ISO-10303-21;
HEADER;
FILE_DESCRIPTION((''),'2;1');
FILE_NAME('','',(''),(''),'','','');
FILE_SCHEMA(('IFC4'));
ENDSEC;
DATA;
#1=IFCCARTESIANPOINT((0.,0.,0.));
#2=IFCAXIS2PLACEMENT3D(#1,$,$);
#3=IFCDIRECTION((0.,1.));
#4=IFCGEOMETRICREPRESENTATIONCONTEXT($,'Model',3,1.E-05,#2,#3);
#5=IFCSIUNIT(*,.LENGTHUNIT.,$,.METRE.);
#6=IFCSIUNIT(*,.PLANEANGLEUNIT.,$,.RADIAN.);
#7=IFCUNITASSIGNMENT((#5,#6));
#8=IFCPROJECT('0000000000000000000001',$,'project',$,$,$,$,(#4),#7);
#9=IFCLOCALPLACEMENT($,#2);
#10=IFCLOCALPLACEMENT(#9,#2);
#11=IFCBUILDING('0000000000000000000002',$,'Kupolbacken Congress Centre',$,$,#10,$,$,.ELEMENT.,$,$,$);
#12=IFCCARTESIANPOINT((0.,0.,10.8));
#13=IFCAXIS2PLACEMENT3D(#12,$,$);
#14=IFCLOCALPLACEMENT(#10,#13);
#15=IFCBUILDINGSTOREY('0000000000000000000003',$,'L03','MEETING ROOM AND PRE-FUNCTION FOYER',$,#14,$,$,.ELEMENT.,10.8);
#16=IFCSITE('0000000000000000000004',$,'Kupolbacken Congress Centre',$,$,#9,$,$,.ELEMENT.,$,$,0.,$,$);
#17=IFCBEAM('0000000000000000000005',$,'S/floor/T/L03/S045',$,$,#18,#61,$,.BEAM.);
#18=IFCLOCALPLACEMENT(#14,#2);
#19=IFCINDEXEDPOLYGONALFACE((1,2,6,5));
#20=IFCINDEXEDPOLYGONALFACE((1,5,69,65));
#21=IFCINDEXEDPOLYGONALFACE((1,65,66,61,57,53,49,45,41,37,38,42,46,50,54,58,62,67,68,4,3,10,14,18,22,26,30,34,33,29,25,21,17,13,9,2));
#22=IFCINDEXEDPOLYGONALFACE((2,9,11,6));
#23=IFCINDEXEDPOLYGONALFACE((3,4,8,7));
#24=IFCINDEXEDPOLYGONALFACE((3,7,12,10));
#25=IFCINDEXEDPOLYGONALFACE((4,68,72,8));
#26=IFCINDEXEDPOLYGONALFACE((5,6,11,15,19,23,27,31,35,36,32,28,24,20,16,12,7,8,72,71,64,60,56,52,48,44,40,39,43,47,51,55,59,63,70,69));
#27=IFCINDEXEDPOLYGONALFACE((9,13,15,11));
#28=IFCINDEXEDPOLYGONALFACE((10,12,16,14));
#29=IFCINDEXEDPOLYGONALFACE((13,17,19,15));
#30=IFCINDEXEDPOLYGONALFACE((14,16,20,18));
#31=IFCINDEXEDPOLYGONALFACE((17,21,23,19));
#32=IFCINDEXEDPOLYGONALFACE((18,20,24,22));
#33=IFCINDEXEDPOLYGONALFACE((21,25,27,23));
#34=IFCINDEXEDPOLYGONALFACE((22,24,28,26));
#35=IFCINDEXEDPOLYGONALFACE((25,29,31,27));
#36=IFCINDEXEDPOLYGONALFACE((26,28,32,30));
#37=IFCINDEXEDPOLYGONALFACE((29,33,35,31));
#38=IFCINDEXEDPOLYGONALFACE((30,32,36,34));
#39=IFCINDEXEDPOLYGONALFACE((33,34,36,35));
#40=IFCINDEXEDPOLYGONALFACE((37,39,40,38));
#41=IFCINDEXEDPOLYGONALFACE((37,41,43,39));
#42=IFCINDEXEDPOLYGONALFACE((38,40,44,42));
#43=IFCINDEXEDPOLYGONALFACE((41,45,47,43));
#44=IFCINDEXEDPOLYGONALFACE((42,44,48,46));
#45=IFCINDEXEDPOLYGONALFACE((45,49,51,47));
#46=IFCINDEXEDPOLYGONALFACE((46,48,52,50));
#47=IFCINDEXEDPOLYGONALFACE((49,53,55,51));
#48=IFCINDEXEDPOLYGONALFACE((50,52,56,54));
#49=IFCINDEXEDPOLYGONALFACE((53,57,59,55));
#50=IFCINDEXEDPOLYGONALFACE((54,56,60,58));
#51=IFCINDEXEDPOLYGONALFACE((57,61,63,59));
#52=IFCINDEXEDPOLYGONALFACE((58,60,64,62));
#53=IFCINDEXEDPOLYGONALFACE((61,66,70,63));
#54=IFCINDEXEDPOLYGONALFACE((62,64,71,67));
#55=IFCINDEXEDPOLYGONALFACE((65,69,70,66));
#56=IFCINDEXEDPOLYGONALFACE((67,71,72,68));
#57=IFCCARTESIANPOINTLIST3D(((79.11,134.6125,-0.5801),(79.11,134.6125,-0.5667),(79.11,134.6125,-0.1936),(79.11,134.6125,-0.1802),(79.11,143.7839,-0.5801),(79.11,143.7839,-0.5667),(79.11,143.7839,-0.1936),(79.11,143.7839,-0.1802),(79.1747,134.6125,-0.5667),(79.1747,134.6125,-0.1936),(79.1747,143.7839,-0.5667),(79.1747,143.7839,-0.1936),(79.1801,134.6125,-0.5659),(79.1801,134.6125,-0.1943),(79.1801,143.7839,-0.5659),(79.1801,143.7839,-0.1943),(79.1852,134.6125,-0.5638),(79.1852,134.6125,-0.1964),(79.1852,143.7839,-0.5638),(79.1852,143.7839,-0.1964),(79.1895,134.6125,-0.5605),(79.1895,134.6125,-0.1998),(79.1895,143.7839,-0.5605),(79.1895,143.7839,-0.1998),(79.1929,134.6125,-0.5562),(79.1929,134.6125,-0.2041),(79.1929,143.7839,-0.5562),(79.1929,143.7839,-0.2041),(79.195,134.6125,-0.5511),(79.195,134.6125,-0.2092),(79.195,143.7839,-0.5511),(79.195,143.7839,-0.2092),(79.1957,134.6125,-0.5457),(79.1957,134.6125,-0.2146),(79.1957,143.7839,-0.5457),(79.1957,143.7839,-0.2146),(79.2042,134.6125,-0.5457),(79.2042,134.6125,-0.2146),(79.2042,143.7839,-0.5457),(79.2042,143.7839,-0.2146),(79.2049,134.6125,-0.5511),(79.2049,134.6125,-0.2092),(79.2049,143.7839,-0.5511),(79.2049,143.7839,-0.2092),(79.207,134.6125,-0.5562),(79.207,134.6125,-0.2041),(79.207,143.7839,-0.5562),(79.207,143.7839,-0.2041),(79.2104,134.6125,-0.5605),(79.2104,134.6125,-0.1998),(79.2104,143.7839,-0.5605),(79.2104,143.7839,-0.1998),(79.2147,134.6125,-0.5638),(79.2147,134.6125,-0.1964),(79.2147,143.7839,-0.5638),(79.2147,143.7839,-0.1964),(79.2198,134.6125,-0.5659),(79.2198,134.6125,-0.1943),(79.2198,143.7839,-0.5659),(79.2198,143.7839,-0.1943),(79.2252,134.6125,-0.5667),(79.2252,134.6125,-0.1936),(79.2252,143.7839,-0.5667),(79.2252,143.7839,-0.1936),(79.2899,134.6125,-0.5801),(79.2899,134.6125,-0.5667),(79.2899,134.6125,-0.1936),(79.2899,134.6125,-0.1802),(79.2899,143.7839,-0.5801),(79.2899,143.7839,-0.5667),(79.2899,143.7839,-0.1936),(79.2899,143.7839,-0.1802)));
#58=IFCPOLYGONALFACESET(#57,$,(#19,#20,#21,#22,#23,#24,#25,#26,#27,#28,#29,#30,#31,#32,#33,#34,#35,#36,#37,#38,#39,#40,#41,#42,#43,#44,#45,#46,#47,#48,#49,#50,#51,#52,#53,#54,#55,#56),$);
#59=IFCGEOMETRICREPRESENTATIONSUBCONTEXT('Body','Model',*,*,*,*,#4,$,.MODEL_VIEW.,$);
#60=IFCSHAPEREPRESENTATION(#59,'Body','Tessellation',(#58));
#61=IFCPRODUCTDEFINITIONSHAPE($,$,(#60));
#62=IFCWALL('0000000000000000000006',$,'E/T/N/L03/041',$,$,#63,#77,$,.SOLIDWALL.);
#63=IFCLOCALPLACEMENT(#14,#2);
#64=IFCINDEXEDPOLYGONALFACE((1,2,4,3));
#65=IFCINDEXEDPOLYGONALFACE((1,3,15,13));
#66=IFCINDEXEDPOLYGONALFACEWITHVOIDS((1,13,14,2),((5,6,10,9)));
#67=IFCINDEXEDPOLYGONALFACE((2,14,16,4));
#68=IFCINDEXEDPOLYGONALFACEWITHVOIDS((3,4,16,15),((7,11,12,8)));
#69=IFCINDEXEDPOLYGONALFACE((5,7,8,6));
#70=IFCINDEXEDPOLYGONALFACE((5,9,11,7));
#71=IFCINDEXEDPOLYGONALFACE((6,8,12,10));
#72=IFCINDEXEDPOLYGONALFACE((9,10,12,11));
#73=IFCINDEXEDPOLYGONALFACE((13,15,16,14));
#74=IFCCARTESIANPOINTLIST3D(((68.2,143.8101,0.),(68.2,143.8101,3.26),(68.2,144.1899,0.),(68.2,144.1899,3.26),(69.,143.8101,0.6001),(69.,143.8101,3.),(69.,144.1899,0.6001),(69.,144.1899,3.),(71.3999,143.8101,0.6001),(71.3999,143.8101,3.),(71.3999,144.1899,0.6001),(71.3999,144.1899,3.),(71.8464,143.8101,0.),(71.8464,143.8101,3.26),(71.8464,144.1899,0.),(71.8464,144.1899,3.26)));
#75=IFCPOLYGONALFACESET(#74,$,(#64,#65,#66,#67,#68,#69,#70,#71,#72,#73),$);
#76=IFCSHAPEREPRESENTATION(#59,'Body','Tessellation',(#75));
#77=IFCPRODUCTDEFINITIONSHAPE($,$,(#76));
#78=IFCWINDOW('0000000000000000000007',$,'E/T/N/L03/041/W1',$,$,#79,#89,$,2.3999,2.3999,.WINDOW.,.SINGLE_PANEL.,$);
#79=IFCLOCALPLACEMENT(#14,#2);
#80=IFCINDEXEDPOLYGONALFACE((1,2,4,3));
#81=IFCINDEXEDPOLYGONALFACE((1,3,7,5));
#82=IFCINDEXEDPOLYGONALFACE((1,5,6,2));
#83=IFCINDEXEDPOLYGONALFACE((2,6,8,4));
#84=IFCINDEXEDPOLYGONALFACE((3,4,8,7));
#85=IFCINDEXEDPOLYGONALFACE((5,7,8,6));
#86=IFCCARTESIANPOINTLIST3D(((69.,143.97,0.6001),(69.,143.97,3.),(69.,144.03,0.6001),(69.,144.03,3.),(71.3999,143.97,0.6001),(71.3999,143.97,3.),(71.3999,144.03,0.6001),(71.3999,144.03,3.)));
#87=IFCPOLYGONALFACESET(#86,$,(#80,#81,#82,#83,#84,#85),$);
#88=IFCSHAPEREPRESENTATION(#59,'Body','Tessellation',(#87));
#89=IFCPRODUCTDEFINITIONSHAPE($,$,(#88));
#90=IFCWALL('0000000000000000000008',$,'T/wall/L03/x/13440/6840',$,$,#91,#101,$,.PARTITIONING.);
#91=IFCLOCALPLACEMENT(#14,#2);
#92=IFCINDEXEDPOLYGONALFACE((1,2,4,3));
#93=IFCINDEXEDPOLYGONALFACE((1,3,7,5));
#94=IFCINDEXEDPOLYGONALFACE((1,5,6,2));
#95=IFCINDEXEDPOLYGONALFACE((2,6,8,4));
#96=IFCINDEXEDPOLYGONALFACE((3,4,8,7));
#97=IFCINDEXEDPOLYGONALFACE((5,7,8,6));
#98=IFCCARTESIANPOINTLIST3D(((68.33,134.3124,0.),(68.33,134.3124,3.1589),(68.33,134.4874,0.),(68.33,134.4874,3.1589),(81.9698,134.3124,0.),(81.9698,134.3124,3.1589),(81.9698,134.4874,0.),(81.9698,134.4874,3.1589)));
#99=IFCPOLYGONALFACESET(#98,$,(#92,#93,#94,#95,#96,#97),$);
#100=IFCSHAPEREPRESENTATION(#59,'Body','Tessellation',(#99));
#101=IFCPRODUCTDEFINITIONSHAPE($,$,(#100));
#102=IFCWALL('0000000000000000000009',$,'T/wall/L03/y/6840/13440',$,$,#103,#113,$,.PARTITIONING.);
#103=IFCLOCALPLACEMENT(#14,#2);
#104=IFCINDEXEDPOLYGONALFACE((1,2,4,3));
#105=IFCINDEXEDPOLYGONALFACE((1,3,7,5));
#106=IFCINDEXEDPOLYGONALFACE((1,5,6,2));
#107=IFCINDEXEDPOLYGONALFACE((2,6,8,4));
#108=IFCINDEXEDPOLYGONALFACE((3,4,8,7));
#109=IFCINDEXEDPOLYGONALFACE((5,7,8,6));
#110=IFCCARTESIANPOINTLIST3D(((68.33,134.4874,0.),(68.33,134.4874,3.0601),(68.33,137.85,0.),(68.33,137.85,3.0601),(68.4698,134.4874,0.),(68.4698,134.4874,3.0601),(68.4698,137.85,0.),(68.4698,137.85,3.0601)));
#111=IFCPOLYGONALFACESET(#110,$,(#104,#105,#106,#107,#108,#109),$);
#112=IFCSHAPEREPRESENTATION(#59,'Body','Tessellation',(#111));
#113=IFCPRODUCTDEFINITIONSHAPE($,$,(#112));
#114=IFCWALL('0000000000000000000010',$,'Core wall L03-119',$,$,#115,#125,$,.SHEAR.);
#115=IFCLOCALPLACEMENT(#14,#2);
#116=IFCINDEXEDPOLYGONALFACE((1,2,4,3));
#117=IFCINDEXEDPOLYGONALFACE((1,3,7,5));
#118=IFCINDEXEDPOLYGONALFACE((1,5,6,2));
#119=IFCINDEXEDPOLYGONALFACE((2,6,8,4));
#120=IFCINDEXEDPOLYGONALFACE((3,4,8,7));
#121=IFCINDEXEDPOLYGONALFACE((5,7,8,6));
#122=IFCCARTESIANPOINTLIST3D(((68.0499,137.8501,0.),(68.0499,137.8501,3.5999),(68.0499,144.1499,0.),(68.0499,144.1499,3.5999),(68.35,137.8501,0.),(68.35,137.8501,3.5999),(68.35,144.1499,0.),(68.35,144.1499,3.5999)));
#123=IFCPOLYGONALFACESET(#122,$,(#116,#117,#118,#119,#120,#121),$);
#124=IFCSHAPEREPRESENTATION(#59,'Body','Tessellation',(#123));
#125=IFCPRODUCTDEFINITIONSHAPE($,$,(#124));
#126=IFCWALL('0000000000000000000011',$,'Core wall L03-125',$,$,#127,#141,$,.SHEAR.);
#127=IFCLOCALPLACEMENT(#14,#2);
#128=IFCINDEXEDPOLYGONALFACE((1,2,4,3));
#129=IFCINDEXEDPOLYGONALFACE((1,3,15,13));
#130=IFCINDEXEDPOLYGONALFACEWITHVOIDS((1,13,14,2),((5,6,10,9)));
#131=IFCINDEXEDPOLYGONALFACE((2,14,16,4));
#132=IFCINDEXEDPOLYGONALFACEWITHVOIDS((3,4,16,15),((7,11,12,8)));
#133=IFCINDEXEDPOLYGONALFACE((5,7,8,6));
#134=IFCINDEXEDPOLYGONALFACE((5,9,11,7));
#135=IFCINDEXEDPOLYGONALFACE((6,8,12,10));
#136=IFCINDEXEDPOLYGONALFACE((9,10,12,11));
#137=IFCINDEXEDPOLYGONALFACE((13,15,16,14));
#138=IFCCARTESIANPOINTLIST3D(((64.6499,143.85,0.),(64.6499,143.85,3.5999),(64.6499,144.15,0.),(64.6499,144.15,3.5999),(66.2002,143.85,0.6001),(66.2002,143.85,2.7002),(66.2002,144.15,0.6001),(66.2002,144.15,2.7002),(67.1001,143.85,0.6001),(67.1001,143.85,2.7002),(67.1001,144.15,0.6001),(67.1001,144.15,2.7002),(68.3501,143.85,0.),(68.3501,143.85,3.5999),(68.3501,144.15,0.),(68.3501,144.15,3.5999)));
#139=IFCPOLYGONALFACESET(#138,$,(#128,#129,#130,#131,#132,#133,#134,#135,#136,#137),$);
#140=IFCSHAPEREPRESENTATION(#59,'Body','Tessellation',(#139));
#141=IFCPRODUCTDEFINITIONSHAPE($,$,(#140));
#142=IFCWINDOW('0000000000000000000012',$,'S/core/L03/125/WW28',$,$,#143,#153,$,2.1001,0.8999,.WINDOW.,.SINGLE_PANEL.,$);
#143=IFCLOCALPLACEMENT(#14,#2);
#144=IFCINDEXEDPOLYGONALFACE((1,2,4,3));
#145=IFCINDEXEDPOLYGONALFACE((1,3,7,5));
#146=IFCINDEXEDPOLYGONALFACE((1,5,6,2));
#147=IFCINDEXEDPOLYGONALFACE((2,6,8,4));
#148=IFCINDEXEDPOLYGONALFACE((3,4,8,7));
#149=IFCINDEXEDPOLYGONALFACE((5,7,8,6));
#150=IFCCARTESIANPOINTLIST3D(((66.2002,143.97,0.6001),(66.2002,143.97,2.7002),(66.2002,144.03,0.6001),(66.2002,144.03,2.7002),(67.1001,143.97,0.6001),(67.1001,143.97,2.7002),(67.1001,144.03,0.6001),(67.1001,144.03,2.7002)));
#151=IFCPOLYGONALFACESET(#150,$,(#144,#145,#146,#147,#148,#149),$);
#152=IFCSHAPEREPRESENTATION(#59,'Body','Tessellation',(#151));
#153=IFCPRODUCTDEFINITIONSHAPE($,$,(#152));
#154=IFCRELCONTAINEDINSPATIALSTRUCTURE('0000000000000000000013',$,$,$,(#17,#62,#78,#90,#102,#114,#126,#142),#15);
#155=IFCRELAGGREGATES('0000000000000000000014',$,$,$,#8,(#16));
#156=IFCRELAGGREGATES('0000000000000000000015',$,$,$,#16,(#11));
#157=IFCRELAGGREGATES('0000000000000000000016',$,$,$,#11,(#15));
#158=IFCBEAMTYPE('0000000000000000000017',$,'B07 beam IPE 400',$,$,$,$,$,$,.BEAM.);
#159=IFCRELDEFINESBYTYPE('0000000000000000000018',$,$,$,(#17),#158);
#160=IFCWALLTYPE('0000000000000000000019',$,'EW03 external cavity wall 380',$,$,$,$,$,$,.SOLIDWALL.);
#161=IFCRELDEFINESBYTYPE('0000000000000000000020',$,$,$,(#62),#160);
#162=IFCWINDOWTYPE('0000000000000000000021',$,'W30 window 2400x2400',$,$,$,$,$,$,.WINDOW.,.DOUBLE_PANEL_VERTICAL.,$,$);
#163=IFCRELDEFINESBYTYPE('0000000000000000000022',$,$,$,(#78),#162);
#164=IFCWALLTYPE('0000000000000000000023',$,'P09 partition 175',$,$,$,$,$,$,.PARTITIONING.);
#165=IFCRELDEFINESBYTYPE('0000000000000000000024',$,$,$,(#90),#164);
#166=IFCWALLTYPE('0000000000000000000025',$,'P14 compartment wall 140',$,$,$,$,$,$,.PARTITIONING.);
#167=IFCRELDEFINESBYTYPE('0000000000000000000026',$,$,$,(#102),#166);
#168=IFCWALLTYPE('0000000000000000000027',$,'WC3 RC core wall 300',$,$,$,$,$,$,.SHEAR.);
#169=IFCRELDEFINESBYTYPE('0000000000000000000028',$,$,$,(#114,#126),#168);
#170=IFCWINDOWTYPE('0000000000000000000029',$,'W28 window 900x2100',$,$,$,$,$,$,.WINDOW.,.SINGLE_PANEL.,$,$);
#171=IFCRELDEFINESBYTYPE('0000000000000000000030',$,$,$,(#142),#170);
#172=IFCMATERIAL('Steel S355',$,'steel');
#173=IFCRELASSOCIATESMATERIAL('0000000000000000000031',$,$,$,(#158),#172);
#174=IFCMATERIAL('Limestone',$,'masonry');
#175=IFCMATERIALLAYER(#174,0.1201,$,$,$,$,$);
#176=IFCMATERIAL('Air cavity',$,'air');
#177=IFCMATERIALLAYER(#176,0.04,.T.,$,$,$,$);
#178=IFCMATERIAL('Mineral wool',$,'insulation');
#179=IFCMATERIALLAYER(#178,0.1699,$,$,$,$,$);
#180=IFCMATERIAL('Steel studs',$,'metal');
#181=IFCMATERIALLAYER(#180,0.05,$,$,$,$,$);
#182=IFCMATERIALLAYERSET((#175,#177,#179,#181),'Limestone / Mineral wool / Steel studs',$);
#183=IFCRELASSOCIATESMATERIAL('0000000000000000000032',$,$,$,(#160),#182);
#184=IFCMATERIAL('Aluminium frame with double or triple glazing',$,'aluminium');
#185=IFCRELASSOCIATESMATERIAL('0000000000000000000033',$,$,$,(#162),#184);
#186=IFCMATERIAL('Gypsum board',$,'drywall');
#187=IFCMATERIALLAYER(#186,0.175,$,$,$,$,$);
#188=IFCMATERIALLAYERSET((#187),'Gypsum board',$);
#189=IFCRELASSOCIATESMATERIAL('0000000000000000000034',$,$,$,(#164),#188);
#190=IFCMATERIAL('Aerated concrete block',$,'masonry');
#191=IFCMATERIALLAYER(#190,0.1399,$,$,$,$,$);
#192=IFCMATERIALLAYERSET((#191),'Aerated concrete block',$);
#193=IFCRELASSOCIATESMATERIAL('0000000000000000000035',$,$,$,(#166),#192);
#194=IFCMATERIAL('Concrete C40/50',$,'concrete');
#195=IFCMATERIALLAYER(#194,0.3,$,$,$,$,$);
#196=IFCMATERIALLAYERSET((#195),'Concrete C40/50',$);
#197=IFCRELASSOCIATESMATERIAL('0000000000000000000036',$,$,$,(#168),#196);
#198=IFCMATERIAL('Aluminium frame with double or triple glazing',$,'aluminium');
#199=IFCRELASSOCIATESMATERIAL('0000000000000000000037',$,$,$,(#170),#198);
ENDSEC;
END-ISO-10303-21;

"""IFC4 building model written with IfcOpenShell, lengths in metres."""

from ifc_helpers import new_model, si_unit, direction, frame, frame_2d, origin, origin_2d, place, context, subcontext, project, spatial, rectangle, i_section, extrude, material, layer, layer_set, material_profile, profile_set, type_object, element, fill, save


model = new_model("IFC4")

# Units and contexts
model_context = context("Model", 3, precision=1e-05, world=origin(), true_north=direction((0.0, 1.0)))
body_context = subcontext(model_context, "Body", "Model", "MODEL_VIEW")
ifc_project = project(units=[si_unit("LENGTHUNIT", "METRE"), si_unit("PLANEANGLEUNIT", "RADIAN")], contexts=[model_context])

# Site, building, storey
site_placement = place(None, origin())
site = spatial("IfcSite", under=ifc_project, at=site_placement, Name="Kupolbacken Congress Centre", CompositionType="ELEMENT", RefElevation=0.0)
building_placement = place(site_placement, origin())
building = spatial("IfcBuilding", under=site, at=building_placement, Name="Kupolbacken Congress Centre", CompositionType="ELEMENT")
storey_placement = place(building_placement, frame((0.0, 0.0, 10.8)))
storey = spatial("IfcBuildingStorey", under=building, at=storey_placement, Name="L03", Description="MEETING ROOM AND PRE-FUNCTION FOYER", CompositionType="ELEMENT", Elevation=10.8)

# Beam
ifc_material_1 = material(Name="Steel S355", Category="steel")
ifc_material_profile_1 = material_profile(ifc_material_1, i_section(OverallWidth=0.1799, OverallDepth=0.3999, WebThickness=0.0085, FlangeThickness=0.0134, FilletRadius=0.021, at=origin_2d()), Name="IPE 400")
ifc_profile_set_1 = profile_set([ifc_material_profile_1], Name="Steel S355")
beam_type_1 = type_object("IfcBeamType", Name="B07 beam IPE 400", PredefinedType="BEAM", material=ifc_profile_set_1)
beam_1_placement = place(storey_placement, frame((79.2, 134.6125, -0.3801), z_axis=(0.0, 1.0, 0.0), x_axis=(-1.0, 0.0, 0.0)))
element("IfcBeam", 1, at=beam_1_placement, inside=storey, type_object=beam_type_1, Name="S/floor/T/L03/S045", PredefinedType="BEAM", context=body_context, shape_type="SweptSolid", body=[
    extrude(i_section(OverallWidth=0.1799, OverallDepth=0.3999, WebThickness=0.0085, FlangeThickness=0.0134, FilletRadius=0.021, at=origin_2d()), origin(), (0.0, 0.0, 1.0), 9.1714),
])

# Wall, opening, window
ifc_material_2 = material(Name="Limestone", Category="masonry")
ifc_layer_1 = layer(ifc_material_2, 0.1201)
ifc_material_3 = material(Name="Air cavity", Category="air")
ifc_layer_2 = layer(ifc_material_3, 0.04, ventilated=True)
ifc_material_4 = material(Name="Mineral wool", Category="insulation")
ifc_layer_3 = layer(ifc_material_4, 0.1699)
ifc_material_5 = material(Name="Steel studs", Category="metal")
ifc_layer_4 = layer(ifc_material_5, 0.05)
ifc_layer_set_1 = layer_set([ifc_layer_1, ifc_layer_2, ifc_layer_3, ifc_layer_4], Name="Limestone / Mineral wool / Steel studs")
wall_type_1 = type_object("IfcWallType", Name="EW03 external cavity wall 380", PredefinedType="SOLIDWALL", material=ifc_layer_set_1)
wall_1_placement = place(storey_placement, frame((71.8464, 144.0, 0.0), z_axis=(0.0, 0.0, 1.0), x_axis=(-1.0, 0.0, 0.0)))
wall_1 = element("IfcWall", 2, at=wall_1_placement, inside=storey, type_object=wall_type_1, Name="E/T/N/L03/041", PredefinedType="SOLIDWALL", context=body_context, shape_type="SweptSolid", body=[
    extrude(rectangle(XDim=3.6465, YDim=0.3799, at=frame_2d((1.8232, 0.0))), origin(), (0.0, 0.0, 1.0), 3.26),
])
opening_1_placement = place(wall_1_placement, frame((0.4465, 0.0, 0.6001)))
opening_1 = element("IfcOpeningElement", 3, at=opening_1_placement, cuts=wall_1, PredefinedType="OPENING", context=body_context, shape_type="SweptSolid", body=[
    extrude(rectangle(XDim=2.3999, YDim=2.3999, at=frame_2d((1.2, 1.2))), frame((0.0, 0.2, 0.0), z_axis=(0.0, -1.0, 0.0), x_axis=(1.0, 0.0, 0.0)), (0.0, 0.0, 1.0), 0.3999),
])
ifc_material_6 = material(Name="Aluminium frame with double or triple glazing", Category="aluminium")
window_type_1 = type_object("IfcWindowType", Name="W30 window 2400x2400", PartitioningType="DOUBLE_PANEL_VERTICAL", PredefinedType="WINDOW", material=ifc_material_6)
window_1_placement = place(opening_1_placement, origin())
window_1 = element("IfcWindow", 4, at=window_1_placement, inside=storey, type_object=window_type_1, Name="E/T/N/L03/041/W1", OverallHeight=2.3999, OverallWidth=2.3999, PartitioningType="SINGLE_PANEL", PredefinedType="WINDOW", context=body_context, shape_type="SweptSolid", body=[
    extrude(rectangle(XDim=2.3999, YDim=2.3999, at=frame_2d((1.2, 1.2))), frame((0.0, 0.03, 0.0), z_axis=(0.0, -1.0, 0.0), x_axis=(1.0, 0.0, 0.0)), (0.0, 0.0, 1.0), 0.0601),
])
fill(opening_1, window_1)

# Walls
ifc_material_7 = material(Name="Gypsum board", Category="drywall")
ifc_layer_5 = layer(ifc_material_7, 0.175)
ifc_layer_set_2 = layer_set([ifc_layer_5], Name="Gypsum board")
wall_type_2 = type_object("IfcWallType", Name="P09 partition 175", PredefinedType="PARTITIONING", material=ifc_layer_set_2)
wall_2_placement = place(storey_placement, frame((68.3301, 134.3999, 0.0), z_axis=(0.0, 0.0, 1.0), x_axis=(1.0, 0.0, 0.0)))
element("IfcWall", 5, at=wall_2_placement, inside=storey, type_object=wall_type_2, Name="T/wall/L03/x/13440/6840", PredefinedType="PARTITIONING", context=body_context, shape_type="SweptSolid", body=[
    extrude(rectangle(XDim=13.6399, YDim=0.175, at=frame_2d((6.8198, 0.0))), origin(), (0.0, 0.0, 1.0), 3.1589),
])
ifc_material_8 = material(Name="Aerated concrete block", Category="masonry")
ifc_layer_6 = layer(ifc_material_8, 0.1399)
ifc_layer_set_3 = layer_set([ifc_layer_6], Name="Aerated concrete block")
wall_type_3 = type_object("IfcWallType", Name="P14 compartment wall 140", PredefinedType="PARTITIONING", material=ifc_layer_set_3)
wall_3_placement = place(storey_placement, frame((68.3999, 134.4875, 0.0), z_axis=(0.0, 0.0, 1.0), x_axis=(0.0, 1.0, 0.0)))
element("IfcWall", 6, at=wall_3_placement, inside=storey, type_object=wall_type_3, Name="T/wall/L03/y/6840/13440", PredefinedType="PARTITIONING", context=body_context, shape_type="SweptSolid", body=[
    extrude(rectangle(XDim=3.3625, YDim=0.1399, at=frame_2d((1.6812, 0.0))), origin(), (0.0, 0.0, 1.0), 3.0601),
])
ifc_material_9 = material(Name="Concrete C40/50", Category="concrete")
ifc_layer_7 = layer(ifc_material_9, 0.3)
ifc_layer_set_4 = layer_set([ifc_layer_7], Name="Concrete C40/50")
wall_type_4 = type_object("IfcWallType", Name="WC3 RC core wall 300", PredefinedType="SHEAR", material=ifc_layer_set_4)
wall_4_placement = place(storey_placement, frame((68.2, 137.8501, 0.0), z_axis=(0.0, 0.0, 1.0), x_axis=(0.0, 1.0, 0.0)))
element("IfcWall", 7, at=wall_4_placement, inside=storey, type_object=wall_type_4, Name="Core wall L03-119", PredefinedType="SHEAR", context=body_context, shape_type="SweptSolid", body=[
    extrude(rectangle(XDim=6.2998, YDim=0.3, at=frame_2d((3.1499, 0.0))), origin(), (0.0, 0.0, 1.0), 3.5999),
])

# Wall, opening, window
wall_5_placement = place(storey_placement, frame((68.3501, 144.0, 0.0), z_axis=(0.0, 0.0, 1.0), x_axis=(-1.0, 0.0, 0.0)))
wall_5 = element("IfcWall", 8, at=wall_5_placement, inside=storey, type_object=wall_type_4, Name="Core wall L03-125", PredefinedType="SHEAR", context=body_context, shape_type="SweptSolid", body=[
    extrude(rectangle(XDim=3.7002, YDim=0.3, at=frame_2d((1.8501, 0.0))), origin(), (0.0, 0.0, 1.0), 3.5999),
])
opening_2_placement = place(wall_5_placement, frame((1.25, 0.0, 0.6001)))
opening_2 = element("IfcOpeningElement", 9, at=opening_2_placement, cuts=wall_5, PredefinedType="OPENING", context=body_context, shape_type="SweptSolid", body=[
    extrude(rectangle(XDim=0.8999, YDim=2.1001, at=frame_2d((0.45, 1.05))), frame((0.0, 0.1599, 0.0), z_axis=(0.0, -1.0, 0.0), x_axis=(1.0, 0.0, 0.0)), (0.0, 0.0, 1.0), 0.3201),
])
ifc_material_10 = material(Name="Aluminium frame with double or triple glazing", Category="aluminium")
window_type_2 = type_object("IfcWindowType", Name="W28 window 900x2100", PartitioningType="SINGLE_PANEL", PredefinedType="WINDOW", material=ifc_material_10)
window_2_placement = place(opening_2_placement, origin())
window_2 = element("IfcWindow", 10, at=window_2_placement, inside=storey, type_object=window_type_2, Name="S/core/L03/125/WW28", OverallHeight=2.1001, OverallWidth=0.8999, PartitioningType="SINGLE_PANEL", PredefinedType="WINDOW", context=body_context, shape_type="SweptSolid", body=[
    extrude(rectangle(XDim=0.8999, YDim=2.1001, at=frame_2d((0.45, 1.05))), frame((0.0, 0.03, 0.0), z_axis=(0.0, -1.0, 0.0), x_axis=(1.0, 0.0, 0.0)), (0.0, 0.0, 1.0), 0.0601),
])
fill(opening_2, window_2)

save(model, "model.ifc")
